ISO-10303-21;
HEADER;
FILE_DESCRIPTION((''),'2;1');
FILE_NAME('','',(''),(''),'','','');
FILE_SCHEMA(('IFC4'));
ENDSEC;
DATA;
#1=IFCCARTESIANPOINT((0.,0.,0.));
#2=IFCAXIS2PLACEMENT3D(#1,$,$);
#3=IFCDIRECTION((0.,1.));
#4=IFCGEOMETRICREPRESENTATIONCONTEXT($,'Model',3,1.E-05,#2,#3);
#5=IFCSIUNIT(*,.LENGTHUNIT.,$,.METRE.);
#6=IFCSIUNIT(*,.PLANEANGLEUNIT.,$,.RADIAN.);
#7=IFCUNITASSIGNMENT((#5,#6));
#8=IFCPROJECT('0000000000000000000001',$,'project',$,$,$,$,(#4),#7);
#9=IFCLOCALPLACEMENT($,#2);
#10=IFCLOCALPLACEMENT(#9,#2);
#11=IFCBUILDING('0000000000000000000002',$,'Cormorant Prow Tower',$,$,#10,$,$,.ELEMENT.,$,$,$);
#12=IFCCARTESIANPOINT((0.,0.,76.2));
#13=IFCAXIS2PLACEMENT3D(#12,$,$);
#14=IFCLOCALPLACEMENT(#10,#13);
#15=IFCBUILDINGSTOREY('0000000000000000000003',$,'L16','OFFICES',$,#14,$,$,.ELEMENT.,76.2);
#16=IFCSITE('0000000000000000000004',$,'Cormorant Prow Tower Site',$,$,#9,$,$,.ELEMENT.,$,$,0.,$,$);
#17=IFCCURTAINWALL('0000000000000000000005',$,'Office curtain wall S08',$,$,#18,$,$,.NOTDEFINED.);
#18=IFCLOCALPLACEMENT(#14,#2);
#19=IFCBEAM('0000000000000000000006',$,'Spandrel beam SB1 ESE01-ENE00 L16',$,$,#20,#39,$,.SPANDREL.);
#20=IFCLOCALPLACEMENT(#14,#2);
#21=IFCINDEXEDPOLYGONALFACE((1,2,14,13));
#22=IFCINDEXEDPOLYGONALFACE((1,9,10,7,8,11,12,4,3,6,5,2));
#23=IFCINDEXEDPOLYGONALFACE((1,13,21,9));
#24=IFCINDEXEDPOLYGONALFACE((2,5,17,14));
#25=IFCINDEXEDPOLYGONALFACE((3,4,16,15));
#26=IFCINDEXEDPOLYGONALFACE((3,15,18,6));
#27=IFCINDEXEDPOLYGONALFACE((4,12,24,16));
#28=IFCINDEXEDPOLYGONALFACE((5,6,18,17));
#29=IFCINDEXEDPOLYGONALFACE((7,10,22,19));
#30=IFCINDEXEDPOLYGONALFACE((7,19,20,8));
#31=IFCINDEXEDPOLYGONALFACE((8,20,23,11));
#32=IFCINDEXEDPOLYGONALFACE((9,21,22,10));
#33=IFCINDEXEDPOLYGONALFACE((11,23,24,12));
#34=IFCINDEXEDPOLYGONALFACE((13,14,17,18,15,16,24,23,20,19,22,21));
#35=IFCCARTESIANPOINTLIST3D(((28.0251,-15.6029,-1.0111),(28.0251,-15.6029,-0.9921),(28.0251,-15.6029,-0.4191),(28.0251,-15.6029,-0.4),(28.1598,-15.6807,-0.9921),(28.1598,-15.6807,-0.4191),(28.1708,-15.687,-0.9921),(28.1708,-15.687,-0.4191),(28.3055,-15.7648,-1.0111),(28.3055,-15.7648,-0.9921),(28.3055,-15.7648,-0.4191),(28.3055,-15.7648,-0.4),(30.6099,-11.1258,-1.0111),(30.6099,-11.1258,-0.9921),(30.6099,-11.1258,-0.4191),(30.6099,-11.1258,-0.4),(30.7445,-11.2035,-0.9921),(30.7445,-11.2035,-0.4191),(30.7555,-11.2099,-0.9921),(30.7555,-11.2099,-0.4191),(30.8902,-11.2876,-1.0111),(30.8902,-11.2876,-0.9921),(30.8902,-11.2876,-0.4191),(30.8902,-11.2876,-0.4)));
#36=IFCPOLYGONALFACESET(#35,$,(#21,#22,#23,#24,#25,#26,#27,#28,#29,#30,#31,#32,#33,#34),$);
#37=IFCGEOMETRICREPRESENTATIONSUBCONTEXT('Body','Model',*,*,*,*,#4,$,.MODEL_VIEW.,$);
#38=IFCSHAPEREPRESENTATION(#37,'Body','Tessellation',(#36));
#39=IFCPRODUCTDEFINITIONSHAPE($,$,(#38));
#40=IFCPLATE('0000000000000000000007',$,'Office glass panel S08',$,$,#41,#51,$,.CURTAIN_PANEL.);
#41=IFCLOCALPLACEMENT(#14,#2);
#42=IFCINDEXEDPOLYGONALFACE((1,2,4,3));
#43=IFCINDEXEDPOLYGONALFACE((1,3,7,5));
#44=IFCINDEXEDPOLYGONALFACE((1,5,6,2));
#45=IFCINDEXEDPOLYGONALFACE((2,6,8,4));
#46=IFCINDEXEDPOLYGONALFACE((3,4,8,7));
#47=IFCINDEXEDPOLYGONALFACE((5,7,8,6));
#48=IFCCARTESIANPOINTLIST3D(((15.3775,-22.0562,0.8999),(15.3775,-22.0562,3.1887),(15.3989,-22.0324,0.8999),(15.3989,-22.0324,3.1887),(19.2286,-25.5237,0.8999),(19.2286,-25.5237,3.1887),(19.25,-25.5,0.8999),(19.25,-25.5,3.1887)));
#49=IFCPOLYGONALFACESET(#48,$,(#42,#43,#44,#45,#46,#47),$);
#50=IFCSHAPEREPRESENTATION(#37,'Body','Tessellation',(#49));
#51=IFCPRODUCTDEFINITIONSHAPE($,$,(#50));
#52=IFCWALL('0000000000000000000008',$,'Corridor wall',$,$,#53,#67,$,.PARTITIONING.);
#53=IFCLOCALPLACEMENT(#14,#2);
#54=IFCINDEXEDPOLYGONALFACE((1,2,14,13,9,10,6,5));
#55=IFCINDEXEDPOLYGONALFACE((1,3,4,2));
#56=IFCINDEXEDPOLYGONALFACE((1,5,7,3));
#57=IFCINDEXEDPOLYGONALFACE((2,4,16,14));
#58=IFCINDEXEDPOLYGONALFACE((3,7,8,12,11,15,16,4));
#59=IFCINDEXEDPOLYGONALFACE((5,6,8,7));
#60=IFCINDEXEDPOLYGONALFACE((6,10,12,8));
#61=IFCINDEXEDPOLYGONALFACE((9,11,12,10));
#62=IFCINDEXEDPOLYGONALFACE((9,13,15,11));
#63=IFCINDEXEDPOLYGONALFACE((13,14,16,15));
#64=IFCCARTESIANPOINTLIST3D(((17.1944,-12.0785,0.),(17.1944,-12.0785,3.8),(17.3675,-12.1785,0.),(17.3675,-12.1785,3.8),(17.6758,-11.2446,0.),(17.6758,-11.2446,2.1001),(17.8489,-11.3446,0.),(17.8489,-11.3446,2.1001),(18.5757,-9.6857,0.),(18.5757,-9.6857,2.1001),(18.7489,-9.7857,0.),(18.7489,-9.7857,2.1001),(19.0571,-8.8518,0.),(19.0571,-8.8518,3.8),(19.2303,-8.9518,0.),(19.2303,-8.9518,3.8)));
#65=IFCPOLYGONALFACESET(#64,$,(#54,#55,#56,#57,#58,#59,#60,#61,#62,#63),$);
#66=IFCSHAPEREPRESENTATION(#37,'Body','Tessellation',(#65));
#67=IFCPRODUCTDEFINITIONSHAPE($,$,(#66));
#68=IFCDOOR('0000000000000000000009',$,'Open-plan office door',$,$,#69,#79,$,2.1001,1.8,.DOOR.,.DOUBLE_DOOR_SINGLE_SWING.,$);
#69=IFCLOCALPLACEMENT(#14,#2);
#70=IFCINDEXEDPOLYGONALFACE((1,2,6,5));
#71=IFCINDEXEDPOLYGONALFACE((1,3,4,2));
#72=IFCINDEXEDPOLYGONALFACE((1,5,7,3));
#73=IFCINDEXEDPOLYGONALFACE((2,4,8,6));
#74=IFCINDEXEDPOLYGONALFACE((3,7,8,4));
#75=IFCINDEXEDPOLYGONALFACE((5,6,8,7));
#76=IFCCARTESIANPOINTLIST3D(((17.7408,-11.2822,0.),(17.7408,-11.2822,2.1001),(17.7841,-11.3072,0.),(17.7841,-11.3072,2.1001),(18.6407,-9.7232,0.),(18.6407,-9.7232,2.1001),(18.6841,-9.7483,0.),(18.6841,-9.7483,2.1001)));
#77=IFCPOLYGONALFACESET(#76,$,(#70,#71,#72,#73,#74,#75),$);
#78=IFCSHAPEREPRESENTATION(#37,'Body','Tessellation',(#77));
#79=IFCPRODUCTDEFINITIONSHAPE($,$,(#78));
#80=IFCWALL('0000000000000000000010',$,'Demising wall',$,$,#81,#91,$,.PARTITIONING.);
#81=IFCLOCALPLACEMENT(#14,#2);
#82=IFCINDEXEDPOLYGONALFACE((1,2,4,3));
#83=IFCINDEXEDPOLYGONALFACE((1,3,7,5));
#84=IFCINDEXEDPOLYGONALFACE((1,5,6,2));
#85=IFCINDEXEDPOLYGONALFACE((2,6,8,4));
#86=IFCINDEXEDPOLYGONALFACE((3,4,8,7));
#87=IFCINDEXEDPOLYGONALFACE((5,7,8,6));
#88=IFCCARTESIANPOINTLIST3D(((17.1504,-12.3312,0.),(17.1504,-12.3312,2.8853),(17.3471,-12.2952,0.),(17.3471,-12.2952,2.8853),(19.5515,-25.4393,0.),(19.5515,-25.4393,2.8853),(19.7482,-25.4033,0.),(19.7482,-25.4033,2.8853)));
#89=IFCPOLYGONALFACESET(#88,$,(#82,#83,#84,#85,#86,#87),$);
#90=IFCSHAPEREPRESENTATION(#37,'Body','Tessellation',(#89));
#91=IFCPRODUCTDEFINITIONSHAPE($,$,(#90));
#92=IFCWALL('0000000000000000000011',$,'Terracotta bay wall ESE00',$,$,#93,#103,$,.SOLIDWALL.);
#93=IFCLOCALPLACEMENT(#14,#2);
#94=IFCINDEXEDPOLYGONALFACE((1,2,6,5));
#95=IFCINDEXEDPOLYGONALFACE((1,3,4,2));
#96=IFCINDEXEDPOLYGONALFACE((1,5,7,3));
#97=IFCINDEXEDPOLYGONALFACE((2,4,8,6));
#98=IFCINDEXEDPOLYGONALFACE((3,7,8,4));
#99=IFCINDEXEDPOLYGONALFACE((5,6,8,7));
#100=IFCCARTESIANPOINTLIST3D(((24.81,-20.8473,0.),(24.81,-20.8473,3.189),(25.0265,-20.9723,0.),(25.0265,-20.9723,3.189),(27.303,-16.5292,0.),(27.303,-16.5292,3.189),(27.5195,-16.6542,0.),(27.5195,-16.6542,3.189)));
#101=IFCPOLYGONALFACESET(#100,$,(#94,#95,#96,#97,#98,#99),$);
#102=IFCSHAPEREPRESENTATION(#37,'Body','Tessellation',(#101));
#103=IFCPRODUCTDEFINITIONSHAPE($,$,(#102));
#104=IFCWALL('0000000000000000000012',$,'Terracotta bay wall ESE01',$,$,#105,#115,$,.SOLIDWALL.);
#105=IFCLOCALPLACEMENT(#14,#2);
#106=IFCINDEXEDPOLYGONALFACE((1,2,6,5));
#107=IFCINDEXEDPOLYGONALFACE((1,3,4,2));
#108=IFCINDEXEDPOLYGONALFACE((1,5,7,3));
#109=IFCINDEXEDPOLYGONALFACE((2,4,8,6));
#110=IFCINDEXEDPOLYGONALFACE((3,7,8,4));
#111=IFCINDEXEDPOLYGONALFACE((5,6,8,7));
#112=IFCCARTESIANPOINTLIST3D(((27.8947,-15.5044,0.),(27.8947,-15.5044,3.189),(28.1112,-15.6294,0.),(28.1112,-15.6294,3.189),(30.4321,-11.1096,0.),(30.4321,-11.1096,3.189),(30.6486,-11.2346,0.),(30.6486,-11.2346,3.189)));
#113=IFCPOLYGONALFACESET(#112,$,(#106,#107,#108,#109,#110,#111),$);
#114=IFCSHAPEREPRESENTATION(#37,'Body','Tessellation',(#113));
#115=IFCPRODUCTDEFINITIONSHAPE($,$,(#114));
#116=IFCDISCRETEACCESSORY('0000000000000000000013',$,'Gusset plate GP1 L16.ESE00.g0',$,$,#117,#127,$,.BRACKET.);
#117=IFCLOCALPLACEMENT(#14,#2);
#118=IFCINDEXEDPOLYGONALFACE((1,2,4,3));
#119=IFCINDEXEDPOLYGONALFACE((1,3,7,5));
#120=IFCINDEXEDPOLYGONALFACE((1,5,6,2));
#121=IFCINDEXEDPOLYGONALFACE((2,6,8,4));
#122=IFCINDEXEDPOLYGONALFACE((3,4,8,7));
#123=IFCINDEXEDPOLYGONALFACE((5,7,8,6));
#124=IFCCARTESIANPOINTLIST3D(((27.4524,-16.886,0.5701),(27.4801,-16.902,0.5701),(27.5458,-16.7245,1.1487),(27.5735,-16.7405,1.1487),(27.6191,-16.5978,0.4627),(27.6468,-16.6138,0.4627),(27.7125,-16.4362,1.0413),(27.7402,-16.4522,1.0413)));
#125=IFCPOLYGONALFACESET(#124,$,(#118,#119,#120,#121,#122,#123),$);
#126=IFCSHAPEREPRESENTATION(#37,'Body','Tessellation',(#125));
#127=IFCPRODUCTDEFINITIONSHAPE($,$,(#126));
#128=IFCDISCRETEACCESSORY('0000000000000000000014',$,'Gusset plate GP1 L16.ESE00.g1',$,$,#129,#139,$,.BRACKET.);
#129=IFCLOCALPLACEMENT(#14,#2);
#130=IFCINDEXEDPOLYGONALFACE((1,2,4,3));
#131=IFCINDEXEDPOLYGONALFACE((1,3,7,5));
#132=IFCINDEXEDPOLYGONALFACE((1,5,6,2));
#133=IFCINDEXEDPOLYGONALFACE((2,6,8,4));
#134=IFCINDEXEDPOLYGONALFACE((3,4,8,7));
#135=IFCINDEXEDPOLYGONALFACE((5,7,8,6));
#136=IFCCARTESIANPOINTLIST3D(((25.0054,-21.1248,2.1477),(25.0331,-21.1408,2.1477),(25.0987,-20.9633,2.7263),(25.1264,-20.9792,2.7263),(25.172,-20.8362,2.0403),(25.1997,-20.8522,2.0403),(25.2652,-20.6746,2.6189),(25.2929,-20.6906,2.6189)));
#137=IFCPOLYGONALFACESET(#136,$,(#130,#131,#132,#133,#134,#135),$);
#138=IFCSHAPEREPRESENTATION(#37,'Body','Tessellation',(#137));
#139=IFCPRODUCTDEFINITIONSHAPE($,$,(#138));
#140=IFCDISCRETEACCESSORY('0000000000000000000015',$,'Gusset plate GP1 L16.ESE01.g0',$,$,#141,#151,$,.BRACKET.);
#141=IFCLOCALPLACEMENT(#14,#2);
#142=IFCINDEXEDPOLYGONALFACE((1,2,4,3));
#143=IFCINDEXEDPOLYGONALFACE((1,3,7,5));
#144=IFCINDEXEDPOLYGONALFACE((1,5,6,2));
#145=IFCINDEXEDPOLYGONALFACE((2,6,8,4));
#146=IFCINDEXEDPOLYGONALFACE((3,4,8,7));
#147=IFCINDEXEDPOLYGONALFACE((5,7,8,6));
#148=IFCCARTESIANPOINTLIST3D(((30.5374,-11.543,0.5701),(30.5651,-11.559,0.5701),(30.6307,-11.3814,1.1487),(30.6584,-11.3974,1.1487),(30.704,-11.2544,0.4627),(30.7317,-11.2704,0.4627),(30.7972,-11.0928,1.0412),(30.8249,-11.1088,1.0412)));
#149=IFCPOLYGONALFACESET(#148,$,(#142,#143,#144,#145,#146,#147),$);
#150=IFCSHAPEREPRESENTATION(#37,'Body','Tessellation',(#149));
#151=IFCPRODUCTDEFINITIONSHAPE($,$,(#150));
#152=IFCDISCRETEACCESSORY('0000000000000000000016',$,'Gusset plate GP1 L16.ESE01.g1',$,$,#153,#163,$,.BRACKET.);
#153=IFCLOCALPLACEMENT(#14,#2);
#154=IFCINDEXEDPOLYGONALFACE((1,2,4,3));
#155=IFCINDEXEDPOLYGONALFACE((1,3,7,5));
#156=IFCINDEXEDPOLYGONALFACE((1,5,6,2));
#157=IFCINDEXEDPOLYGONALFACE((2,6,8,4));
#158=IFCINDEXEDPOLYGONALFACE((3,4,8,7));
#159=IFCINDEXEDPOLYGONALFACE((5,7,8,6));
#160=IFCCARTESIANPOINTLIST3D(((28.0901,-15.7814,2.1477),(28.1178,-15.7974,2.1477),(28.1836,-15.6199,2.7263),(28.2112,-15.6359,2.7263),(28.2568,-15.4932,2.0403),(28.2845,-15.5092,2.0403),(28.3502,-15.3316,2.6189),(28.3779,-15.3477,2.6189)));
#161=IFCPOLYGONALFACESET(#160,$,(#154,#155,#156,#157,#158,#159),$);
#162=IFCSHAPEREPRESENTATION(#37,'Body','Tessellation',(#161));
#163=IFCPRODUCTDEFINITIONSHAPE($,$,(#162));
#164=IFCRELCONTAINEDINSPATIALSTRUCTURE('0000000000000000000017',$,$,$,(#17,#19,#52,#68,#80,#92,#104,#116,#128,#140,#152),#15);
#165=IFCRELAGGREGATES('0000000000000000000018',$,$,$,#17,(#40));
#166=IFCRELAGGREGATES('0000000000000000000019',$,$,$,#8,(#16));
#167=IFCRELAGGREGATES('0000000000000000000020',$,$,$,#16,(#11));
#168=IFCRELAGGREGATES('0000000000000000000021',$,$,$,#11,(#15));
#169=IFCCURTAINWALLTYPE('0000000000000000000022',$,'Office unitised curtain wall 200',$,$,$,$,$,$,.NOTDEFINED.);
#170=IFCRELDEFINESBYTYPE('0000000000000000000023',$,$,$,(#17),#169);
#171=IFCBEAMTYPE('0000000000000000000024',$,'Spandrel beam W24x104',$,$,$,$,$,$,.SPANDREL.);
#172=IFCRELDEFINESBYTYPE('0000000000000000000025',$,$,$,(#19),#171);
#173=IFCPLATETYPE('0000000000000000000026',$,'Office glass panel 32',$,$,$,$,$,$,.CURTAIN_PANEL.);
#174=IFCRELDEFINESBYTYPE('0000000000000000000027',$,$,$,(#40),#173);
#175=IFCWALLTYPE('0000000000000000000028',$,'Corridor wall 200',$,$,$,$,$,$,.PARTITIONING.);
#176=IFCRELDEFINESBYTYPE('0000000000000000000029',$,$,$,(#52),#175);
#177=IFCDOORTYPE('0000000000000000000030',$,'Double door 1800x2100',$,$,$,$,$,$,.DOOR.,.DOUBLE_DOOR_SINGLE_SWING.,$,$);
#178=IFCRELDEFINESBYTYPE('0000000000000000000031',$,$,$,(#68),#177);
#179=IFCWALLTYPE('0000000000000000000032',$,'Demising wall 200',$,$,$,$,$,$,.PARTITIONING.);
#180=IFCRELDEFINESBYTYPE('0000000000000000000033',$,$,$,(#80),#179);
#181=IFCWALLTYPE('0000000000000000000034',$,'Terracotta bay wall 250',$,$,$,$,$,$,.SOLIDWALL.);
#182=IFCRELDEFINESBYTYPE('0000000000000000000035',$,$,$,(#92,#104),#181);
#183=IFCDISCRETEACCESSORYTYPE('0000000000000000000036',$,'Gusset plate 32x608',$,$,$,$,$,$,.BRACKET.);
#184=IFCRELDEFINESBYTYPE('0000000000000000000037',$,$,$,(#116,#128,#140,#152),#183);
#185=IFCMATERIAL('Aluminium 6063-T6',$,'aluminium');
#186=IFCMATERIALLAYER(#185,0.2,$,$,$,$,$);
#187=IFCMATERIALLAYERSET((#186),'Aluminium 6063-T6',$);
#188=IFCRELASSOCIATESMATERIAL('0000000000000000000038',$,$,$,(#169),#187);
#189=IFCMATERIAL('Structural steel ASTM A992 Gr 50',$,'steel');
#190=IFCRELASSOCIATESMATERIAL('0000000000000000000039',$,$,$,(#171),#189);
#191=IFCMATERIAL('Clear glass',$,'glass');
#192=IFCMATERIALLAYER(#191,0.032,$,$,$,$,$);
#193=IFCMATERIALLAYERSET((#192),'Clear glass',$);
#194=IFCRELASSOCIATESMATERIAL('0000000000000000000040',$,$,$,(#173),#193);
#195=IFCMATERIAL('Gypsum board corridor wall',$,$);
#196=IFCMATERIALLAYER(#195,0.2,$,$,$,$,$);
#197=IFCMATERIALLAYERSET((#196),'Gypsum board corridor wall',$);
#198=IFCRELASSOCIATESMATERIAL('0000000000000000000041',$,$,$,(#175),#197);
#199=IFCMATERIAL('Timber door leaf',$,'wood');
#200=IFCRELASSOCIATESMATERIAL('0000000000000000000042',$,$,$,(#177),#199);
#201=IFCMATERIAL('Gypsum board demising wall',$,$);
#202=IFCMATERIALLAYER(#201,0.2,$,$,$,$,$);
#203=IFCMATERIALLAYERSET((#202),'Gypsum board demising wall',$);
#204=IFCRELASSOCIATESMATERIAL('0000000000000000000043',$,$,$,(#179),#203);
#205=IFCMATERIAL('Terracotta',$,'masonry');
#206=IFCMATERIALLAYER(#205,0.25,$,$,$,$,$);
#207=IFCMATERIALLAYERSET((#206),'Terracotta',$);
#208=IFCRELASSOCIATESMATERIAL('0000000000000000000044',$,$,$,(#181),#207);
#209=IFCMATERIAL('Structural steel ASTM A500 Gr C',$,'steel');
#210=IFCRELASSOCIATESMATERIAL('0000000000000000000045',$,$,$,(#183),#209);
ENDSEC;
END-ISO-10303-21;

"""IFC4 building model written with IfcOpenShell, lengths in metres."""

from ifc_helpers import new_model, si_unit, direction, frame, frame_2d, origin, origin_2d, place, context, subcontext, project, spatial, rectangle, i_section, extrude, material, layer, layer_set, material_profile, profile_set, type_object, element, fill, aggregate, save


model = new_model("IFC4")

# Units and contexts
model_context = context("Model", 3, precision=1e-05, world=origin(), true_north=direction((0.0, 1.0)))
body_context = subcontext(model_context, "Body", "Model", "MODEL_VIEW")
ifc_project = project(units=[si_unit("LENGTHUNIT", "METRE"), si_unit("PLANEANGLEUNIT", "RADIAN")], contexts=[model_context])

# Site, building, storey
site_placement = place(None, origin())
site = spatial("IfcSite", under=ifc_project, at=site_placement, Name="Cormorant Prow Tower Site", CompositionType="ELEMENT", RefElevation=0.0)
building_placement = place(site_placement, origin())
building = spatial("IfcBuilding", under=site, at=building_placement, Name="Cormorant Prow Tower", CompositionType="ELEMENT")
storey_placement = place(building_placement, frame((0.0, 0.0, 76.2)))
storey = spatial("IfcBuildingStorey", under=building, at=storey_placement, Name="L16", Description="OFFICES", CompositionType="ELEMENT", Elevation=76.2)

# Curtain wall
ifc_material_1 = material(Name="Aluminium 6063-T6", Category="aluminium")
ifc_layer_1 = layer(ifc_material_1, 0.2)
ifc_layer_set_1 = layer_set([ifc_layer_1], Name="Aluminium 6063-T6")
curtain_wall_type = type_object("IfcCurtainWallType", Name="Office unitised curtain wall 200", PredefinedType="NOTDEFINED", material=ifc_layer_set_1)
curtain_wall_placement = place(storey_placement, origin())
curtain_wall = element("IfcCurtainWall", 1, at=curtain_wall_placement, inside=storey, type_object=curtain_wall_type, Name="Office curtain wall S08", PredefinedType="NOTDEFINED")

# Beam
ifc_material_2 = material(Name="Structural steel ASTM A992 Gr 50", Category="steel")
ifc_material_profile_1 = material_profile(ifc_material_2, i_section(OverallWidth=0.3237, OverallDepth=0.6111, WebThickness=0.0127, FlangeThickness=0.019, at=origin_2d()), Name="W24x104")
ifc_profile_set_1 = profile_set([ifc_material_profile_1], Name="Structural steel ASTM A992 Gr 50")
beam_type_1 = type_object("IfcBeamType", Name="Spandrel beam W24x104", PredefinedType="SPANDREL", material=ifc_profile_set_1)
for number, where, z_axis, x_axis, name in (
    (2, (28.1653, -15.6838, -0.7056), (0.499984, 0.866035, 0.0), (-0.866035, 0.499984, 0.0), "Spandrel beam SB1 ESE01-ENE00 L16"),
):
    element("IfcBeam", number, at=place(storey_placement, frame(where, z_axis=z_axis, x_axis=x_axis)), inside=storey, type_object=beam_type_1, Name=name, PredefinedType="SPANDREL", context=body_context, shape_type="SweptSolid", body=[
        extrude(i_section(OverallWidth=0.3237, OverallDepth=0.6111, WebThickness=0.0127, FlangeThickness=0.019, at=origin_2d()), origin(), (0.0, 0.0, 1.0), 5.1697),
    ])

# Plate
ifc_material_3 = material(Name="Clear glass", Category="glass")
ifc_layer_2 = layer(ifc_material_3, 0.032)
ifc_layer_set_2 = layer_set([ifc_layer_2], Name="Clear glass")
plate_type = type_object("IfcPlateType", Name="Office glass panel 32", PredefinedType="CURTAIN_PANEL", material=ifc_layer_set_2)
plate_placement = place(storey_placement, frame((17.3137, -23.7781, 0.8999), z_axis=(0.0, 0.0, 1.0), x_axis=(0.743145, -0.669131, 0.0)))
plate = element("IfcPlate", 3, at=plate_placement, type_object=plate_type, Name="Office glass panel S08", PredefinedType="CURTAIN_PANEL", context=body_context, shape_type="SweptSolid", body=[
    extrude(rectangle(XDim=5.1821, YDim=0.032, at=origin_2d()), origin(), (0.0, 0.0, 1.0), 2.2888),
])
aggregate(curtain_wall, [plate])

# Wall, opening, door
ifc_material_4 = material(Name="Gypsum board corridor wall")
ifc_layer_3 = layer(ifc_material_4, 0.2)
ifc_layer_set_3 = layer_set([ifc_layer_3], Name="Gypsum board corridor wall")
wall_type_1 = type_object("IfcWallType", Name="Corridor wall 200", PredefinedType="PARTITIONING", material=ifc_layer_set_3)
wall_1_placement = place(storey_placement, frame((17.281, -12.1284, 0.0), z_axis=(0.0, 0.0, 1.0), x_axis=(0.499959, 0.866049, 0.0)))
wall_1 = element("IfcWall", 4, at=wall_1_placement, inside=storey, type_object=wall_type_1, Name="Corridor wall", PredefinedType="PARTITIONING", context=body_context, shape_type="SweptSolid", body=[
    extrude(rectangle(XDim=3.7258, YDim=0.2, at=frame_2d((1.8628, 0.0))), origin(), (0.0, 0.0, 1.0), 3.8),
])
opening_1_placement = place(wall_1_placement, frame((0.9629, 0.0, 0.0)))
opening_1 = element("IfcOpeningElement", 5, at=opening_1_placement, cuts=wall_1, PredefinedType="OPENING", context=body_context, shape_type="SweptSolid", body=[
    extrude(rectangle(XDim=1.8, YDim=2.1001, at=frame_2d((0.8999, 1.05))), frame((0.0, 0.1099, 0.0), z_axis=(0.0, -1.0, 0.0), x_axis=(1.0, 0.0, 0.0)), (0.0, 0.0, 1.0), 0.22),
])
ifc_material_5 = material(Name="Timber door leaf", Category="wood")
door_type_1 = type_object("IfcDoorType", Name="Double door 1800x2100", OperationType="DOUBLE_DOOR_SINGLE_SWING", PredefinedType="DOOR", material=ifc_material_5)
door_1_placement = place(opening_1_placement, origin())
door_1 = element("IfcDoor", 6, at=door_1_placement, inside=storey, type_object=door_type_1, Name="Open-plan office door", OperationType="DOUBLE_DOOR_SINGLE_SWING", OverallHeight=2.1001, OverallWidth=1.8, PredefinedType="DOOR", context=body_context, shape_type="SweptSolid", body=[
    extrude(rectangle(XDim=1.8, YDim=2.1001, at=frame_2d((0.8999, 1.05))), frame((0.0, 0.0249, 0.0), z_axis=(0.0, -1.0, 0.0), x_axis=(1.0, 0.0, 0.0)), (0.0, 0.0, 1.0), 0.05),
])
fill(opening_1, door_1)

# Walls
ifc_material_6 = material(Name="Gypsum board demising wall")
ifc_layer_4 = layer(ifc_material_6, 0.2)
ifc_layer_set_4 = layer_set([ifc_layer_4], Name="Gypsum board demising wall")
wall_type_2 = type_object("IfcWallType", Name="Demising wall 200", PredefinedType="PARTITIONING", material=ifc_layer_set_4)
wall_2_placement = place(storey_placement, frame((17.2488, -12.3132, 0.0), z_axis=(0.0, 0.0, 1.0), x_axis=(0.18018, -0.983634, 0.0)))
element("IfcWall", 7, at=wall_2_placement, inside=storey, type_object=wall_type_2, Name="Demising wall", PredefinedType="PARTITIONING", context=body_context, shape_type="SweptSolid", body=[
    extrude(rectangle(XDim=13.3262, YDim=0.2, at=frame_2d((6.6631, 0.0))), origin(), (0.0, 0.0, 1.0), 2.8853),
])
ifc_material_7 = material(Name="Terracotta", Category="masonry")
ifc_layer_5 = layer(ifc_material_7, 0.25)
ifc_layer_set_5 = layer_set([ifc_layer_5], Name="Terracotta")
wall_type_3 = type_object("IfcWallType", Name="Terracotta bay wall 250", PredefinedType="SOLIDWALL", material=ifc_layer_set_5)
wall_3_placement = place(storey_placement, frame((24.9182, -20.9099, 0.0), z_axis=(0.0, 0.0, 1.0), x_axis=(0.499978, 0.866038, 0.0)))
element("IfcWall", 8, at=wall_3_placement, inside=storey, type_object=wall_type_3, Name="Terracotta bay wall ESE00", PredefinedType="SOLIDWALL", context=body_context, shape_type="SweptSolid", body=[
    extrude(rectangle(XDim=4.9861, YDim=0.25, at=frame_2d((2.4932, 0.0))), origin(), (0.0, 0.0, 1.0), 3.189),
])
wall_4_placement = place(storey_placement, frame((28.0029, -15.5669, 0.0), z_axis=(0.0, 0.0, 1.0), x_axis=(0.500004, 0.866023, 0.0)))
element("IfcWall", 9, at=wall_4_placement, inside=storey, type_object=wall_type_3, Name="Terracotta bay wall ESE01", PredefinedType="SOLIDWALL", context=body_context, shape_type="SweptSolid", body=[
    extrude(rectangle(XDim=5.0747, YDim=0.25, at=frame_2d((2.5374, 0.0))), origin(), (0.0, 0.0, 1.0), 3.189),
])

# Discrete accessories
ifc_material_8 = material(Name="Structural steel ASTM A500 Gr C", Category="steel")
ifc_material_profile_2 = material_profile(ifc_material_8, rectangle(XDim=0.032, YDim=0.6079, at=origin_2d()), Name="Gusset plate 32x608")
ifc_profile_set_2 = profile_set([ifc_material_profile_2], Name="Structural steel ASTM A500 Gr C")
discrete_accessory_type = type_object("IfcDiscreteAccessoryType", Name="Gusset plate 32x608", PredefinedType="BRACKET", material=ifc_profile_set_2)
discrete_accessory_1_placement = place(storey_placement, frame((27.5129, -16.8132, 0.8594), z_axis=(0.476465, 0.823872, -0.306946), x_axis=(-0.86566, 0.500632, 0.0)))
element("IfcDiscreteAccessory", 10, at=discrete_accessory_1_placement, inside=storey, type_object=discrete_accessory_type, Name="Gusset plate GP1 L16.ESE00.g0", PredefinedType="BRACKET", context=body_context, shape_type="SweptSolid", body=[
    extrude(rectangle(XDim=0.032, YDim=0.6079, at=origin_2d()), origin(), (0.0, 0.0, 1.0), 0.3499),
])
for number, where, z_axis, x_axis, name in (
    (11, (25.2324, -20.7634, 2.3296), (-0.475652, -0.82437, 0.306872), (0.866161, -0.499765, 0.0), "Gusset plate GP1 L16.ESE00.g1"),
    (12, (30.5979, -11.4702, 0.8594), (0.475652, 0.82437, -0.306872), (-0.866161, 0.499765, 0.0), "Gusset plate GP1 L16.ESE01.g0"),
):
    element("IfcDiscreteAccessory", number, at=place(storey_placement, frame(where, z_axis=z_axis, x_axis=x_axis)), inside=storey, type_object=discrete_accessory_type, Name=name, PredefinedType="BRACKET", context=body_context, shape_type="SweptSolid", body=[
        extrude(rectangle(XDim=0.032, YDim=0.6079, at=origin_2d()), origin(), (0.0, 0.0, 1.0), 0.3501),
    ])
discrete_accessory_2_placement = place(storey_placement, frame((28.3174, -15.4204, 2.3296), z_axis=(-0.476465, -0.823872, 0.306946), x_axis=(0.86566, -0.500632, 0.0)))
element("IfcDiscreteAccessory", 13, at=discrete_accessory_2_placement, inside=storey, type_object=discrete_accessory_type, Name="Gusset plate GP1 L16.ESE01.g1", PredefinedType="BRACKET", context=body_context, shape_type="SweptSolid", body=[
    extrude(rectangle(XDim=0.032, YDim=0.6079, at=origin_2d()), origin(), (0.0, 0.0, 1.0), 0.3499),
])

save(model, "model.ifc")
